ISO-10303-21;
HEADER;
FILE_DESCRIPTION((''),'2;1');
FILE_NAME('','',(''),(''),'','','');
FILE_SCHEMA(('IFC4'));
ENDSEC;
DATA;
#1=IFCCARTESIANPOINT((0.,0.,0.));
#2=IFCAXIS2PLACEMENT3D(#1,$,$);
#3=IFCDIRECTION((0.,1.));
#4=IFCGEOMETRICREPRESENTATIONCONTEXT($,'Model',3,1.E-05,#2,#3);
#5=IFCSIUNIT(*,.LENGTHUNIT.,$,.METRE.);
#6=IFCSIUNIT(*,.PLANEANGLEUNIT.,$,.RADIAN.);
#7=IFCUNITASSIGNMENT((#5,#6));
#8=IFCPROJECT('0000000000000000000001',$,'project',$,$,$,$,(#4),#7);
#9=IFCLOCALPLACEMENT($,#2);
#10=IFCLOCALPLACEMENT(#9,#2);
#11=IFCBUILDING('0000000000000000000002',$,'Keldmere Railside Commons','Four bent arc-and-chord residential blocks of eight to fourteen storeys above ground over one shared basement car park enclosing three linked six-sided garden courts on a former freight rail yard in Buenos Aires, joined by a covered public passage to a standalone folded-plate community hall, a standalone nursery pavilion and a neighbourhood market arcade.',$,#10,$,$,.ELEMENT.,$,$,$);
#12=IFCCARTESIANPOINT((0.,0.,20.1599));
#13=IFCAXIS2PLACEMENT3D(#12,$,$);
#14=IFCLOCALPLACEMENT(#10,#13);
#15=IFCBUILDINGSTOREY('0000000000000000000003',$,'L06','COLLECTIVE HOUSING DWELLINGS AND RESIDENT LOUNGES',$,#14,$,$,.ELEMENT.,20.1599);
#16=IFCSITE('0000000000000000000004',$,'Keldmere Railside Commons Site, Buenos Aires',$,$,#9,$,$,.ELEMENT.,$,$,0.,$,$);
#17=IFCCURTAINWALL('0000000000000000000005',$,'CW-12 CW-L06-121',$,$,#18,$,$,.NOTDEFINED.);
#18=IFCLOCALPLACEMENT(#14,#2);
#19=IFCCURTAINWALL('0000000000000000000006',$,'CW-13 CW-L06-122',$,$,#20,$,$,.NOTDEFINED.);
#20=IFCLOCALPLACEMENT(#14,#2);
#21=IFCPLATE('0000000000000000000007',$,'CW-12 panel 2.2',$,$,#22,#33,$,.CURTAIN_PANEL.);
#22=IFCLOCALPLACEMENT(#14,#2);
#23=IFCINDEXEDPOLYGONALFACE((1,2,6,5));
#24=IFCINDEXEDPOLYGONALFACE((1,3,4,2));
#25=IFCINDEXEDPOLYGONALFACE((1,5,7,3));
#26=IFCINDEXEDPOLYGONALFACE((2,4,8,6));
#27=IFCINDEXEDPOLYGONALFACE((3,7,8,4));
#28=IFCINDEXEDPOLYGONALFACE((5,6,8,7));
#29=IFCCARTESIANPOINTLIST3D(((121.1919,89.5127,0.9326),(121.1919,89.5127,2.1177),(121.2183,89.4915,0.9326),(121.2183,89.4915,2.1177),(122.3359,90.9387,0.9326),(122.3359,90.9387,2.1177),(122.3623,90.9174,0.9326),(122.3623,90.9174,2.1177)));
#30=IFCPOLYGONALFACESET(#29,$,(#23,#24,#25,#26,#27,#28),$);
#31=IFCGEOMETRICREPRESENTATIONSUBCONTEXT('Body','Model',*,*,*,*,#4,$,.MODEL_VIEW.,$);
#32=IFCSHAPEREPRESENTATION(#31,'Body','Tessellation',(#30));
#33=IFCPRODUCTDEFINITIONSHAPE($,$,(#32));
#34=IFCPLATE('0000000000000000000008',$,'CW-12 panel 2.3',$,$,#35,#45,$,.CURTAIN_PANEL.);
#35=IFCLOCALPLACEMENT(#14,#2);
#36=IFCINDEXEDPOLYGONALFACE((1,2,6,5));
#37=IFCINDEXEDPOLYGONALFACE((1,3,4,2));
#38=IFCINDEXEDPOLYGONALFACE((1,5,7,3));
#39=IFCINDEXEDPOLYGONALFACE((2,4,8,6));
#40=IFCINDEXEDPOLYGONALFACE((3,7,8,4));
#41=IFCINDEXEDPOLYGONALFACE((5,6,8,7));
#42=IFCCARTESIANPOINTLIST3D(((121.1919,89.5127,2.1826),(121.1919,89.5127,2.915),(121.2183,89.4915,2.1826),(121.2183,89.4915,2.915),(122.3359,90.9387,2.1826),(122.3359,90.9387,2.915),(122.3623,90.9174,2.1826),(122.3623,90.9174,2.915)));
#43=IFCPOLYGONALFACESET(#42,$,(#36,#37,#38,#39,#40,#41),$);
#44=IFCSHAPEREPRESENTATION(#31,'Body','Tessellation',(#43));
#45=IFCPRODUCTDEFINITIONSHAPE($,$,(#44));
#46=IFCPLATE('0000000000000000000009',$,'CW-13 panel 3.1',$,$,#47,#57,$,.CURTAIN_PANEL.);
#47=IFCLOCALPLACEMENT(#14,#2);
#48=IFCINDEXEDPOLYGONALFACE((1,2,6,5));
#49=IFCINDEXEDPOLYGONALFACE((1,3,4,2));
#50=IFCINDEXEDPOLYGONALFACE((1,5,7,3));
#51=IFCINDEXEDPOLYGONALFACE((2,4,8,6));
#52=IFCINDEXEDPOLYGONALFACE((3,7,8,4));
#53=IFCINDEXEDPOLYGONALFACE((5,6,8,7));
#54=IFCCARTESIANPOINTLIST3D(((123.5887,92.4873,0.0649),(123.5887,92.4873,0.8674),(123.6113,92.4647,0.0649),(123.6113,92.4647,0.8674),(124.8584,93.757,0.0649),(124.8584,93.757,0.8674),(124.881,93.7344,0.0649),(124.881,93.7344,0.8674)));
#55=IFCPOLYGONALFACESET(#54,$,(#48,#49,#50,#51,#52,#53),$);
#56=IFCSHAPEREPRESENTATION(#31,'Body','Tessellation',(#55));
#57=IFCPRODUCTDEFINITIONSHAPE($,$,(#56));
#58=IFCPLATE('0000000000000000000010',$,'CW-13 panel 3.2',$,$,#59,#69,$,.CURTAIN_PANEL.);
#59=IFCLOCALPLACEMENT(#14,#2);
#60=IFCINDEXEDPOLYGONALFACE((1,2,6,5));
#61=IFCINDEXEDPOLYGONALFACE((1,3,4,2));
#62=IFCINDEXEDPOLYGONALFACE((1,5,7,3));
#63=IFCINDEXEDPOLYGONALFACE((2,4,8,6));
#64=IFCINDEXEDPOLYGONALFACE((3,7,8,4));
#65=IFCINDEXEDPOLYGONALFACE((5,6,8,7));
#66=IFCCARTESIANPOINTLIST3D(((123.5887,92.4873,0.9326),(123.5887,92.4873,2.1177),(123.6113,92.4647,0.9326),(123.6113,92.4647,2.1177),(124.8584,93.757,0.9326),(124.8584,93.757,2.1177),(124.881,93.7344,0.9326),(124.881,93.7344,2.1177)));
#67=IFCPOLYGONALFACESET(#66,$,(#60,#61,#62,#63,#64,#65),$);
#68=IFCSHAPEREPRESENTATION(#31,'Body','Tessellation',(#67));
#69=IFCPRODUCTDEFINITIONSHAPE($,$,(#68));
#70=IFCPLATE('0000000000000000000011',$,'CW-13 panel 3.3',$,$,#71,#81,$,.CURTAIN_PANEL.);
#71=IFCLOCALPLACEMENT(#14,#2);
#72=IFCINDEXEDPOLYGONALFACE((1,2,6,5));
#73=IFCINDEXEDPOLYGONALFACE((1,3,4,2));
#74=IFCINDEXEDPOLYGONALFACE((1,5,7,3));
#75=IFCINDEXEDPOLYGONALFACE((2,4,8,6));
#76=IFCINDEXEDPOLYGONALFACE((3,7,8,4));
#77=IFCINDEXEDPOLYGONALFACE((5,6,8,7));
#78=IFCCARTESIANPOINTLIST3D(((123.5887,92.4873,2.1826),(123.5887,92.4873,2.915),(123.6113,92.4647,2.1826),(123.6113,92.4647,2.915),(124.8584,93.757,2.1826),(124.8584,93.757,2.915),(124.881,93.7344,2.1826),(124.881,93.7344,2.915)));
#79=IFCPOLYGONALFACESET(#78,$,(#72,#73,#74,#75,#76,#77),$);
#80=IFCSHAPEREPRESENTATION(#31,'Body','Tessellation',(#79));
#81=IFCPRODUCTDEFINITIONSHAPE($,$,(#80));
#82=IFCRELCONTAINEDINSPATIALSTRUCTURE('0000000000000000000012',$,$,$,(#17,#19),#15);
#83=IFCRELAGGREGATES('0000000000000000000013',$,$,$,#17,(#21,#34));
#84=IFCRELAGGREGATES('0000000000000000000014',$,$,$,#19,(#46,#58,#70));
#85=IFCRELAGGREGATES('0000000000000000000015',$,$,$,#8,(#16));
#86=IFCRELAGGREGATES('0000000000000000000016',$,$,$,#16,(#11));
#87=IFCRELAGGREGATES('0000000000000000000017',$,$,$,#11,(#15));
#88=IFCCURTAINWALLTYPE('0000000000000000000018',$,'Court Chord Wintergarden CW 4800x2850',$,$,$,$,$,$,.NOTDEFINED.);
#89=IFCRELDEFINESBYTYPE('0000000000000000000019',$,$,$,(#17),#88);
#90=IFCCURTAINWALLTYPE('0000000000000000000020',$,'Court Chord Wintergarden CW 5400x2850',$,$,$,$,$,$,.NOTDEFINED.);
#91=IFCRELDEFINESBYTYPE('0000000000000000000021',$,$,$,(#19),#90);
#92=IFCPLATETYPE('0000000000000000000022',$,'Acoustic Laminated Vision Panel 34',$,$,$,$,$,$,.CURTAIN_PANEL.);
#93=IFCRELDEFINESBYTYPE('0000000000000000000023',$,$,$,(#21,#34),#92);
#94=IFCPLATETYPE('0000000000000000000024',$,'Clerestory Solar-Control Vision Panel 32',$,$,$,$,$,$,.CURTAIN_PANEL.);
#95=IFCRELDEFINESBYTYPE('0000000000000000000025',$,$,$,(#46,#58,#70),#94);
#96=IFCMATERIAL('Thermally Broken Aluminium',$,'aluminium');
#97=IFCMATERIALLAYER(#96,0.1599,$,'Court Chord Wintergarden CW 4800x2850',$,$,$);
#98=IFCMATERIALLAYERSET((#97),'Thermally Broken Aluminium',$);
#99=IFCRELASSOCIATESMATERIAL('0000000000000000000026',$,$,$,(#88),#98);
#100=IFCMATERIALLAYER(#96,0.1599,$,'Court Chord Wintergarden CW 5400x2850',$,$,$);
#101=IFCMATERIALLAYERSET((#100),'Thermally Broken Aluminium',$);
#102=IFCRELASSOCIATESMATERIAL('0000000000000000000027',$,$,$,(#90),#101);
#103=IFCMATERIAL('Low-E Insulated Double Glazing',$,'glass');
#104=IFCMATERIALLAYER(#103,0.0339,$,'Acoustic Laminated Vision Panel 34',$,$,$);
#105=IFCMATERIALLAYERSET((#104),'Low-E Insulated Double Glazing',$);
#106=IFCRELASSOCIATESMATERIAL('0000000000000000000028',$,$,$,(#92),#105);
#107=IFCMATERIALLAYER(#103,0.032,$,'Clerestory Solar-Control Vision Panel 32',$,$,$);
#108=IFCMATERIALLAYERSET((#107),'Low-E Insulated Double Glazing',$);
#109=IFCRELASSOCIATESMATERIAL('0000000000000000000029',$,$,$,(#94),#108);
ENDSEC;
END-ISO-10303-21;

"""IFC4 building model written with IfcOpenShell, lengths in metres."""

from ifc_helpers import new_model, si_unit, direction, frame, origin, origin_2d, place, context, subcontext, project, spatial, rectangle, extrude, material, layer, layer_set, type_object, element, aggregate, save


model = new_model("IFC4")

# Units and contexts
model_context = context("Model", 3, precision=1e-05, world=origin(), true_north=direction((0.0, 1.0)))
body_context = subcontext(model_context, "Body", "Model", "MODEL_VIEW")
ifc_project = project(units=[si_unit("LENGTHUNIT", "METRE"), si_unit("PLANEANGLEUNIT", "RADIAN")], contexts=[model_context])

# Site, building, storey
site_placement = place(None, origin())
site = spatial("IfcSite", under=ifc_project, at=site_placement, Name="Keldmere Railside Commons Site, Buenos Aires", CompositionType="ELEMENT", RefElevation=0.0)
building_placement = place(site_placement, origin())
building = spatial("IfcBuilding", under=site, at=building_placement, Name="Keldmere Railside Commons", Description="Four bent arc-and-chord residential blocks of eight to fourteen storeys above ground over one shared basement car park enclosing three linked six-sided garden courts on a former freight rail yard in Buenos Aires, joined by a covered public passage to a standalone folded-plate community hall, a standalone nursery pavilion and a neighbourhood market arcade.", CompositionType="ELEMENT")
storey_placement = place(building_placement, frame((0.0, 0.0, 20.1599)))
storey = spatial("IfcBuildingStorey", under=building, at=storey_placement, Name="L06", Description="COLLECTIVE HOUSING DWELLINGS AND RESIDENT LOUNGES", CompositionType="ELEMENT", Elevation=20.1599)

# Curtain walls
ifc_material_1 = material(Name="Thermally Broken Aluminium", Category="aluminium")
ifc_layer_1 = layer(ifc_material_1, 0.1599, Name="Court Chord Wintergarden CW 4800x2850")
ifc_layer_set_1 = layer_set([ifc_layer_1], Name="Thermally Broken Aluminium")
curtain_wall_type_1 = type_object("IfcCurtainWallType", Name="Court Chord Wintergarden CW 4800x2850", PredefinedType="NOTDEFINED", material=ifc_layer_set_1)
curtain_wall_1_placement = place(storey_placement, origin())
curtain_wall_1 = element("IfcCurtainWall", 1, at=curtain_wall_1_placement, inside=storey, type_object=curtain_wall_type_1, Name="CW-12 CW-L06-121", PredefinedType="NOTDEFINED")
ifc_layer_2 = layer(ifc_material_1, 0.1599, Name="Court Chord Wintergarden CW 5400x2850")
ifc_layer_set_2 = layer_set([ifc_layer_2], Name="Thermally Broken Aluminium")
curtain_wall_type_2 = type_object("IfcCurtainWallType", Name="Court Chord Wintergarden CW 5400x2850", PredefinedType="NOTDEFINED", material=ifc_layer_set_2)
curtain_wall_2_placement = place(storey_placement, origin())
curtain_wall_2 = element("IfcCurtainWall", 2, at=curtain_wall_2_placement, inside=storey, type_object=curtain_wall_type_2, Name="CW-13 CW-L06-122", PredefinedType="NOTDEFINED")

# Plates
ifc_material_2 = material(Name="Low-E Insulated Double Glazing", Category="glass")
ifc_layer_3 = layer(ifc_material_2, 0.0339, Name="Acoustic Laminated Vision Panel 34")
ifc_layer_set_3 = layer_set([ifc_layer_3], Name="Low-E Insulated Double Glazing")
plate_type_1 = type_object("IfcPlateType", Name="Acoustic Laminated Vision Panel 34", PredefinedType="CURTAIN_PANEL", material=ifc_layer_set_3)
plate_1_placement = place(storey_placement, frame((121.7771, 90.2151, 0.9326), z_axis=(0.0, 0.0, 1.0), x_axis=(-0.625768, -0.780009, 0.0)))
plate_1 = element("IfcPlate", 3, at=plate_1_placement, type_object=plate_type_1, Name="CW-12 panel 2.2", PredefinedType="CURTAIN_PANEL", context=body_context, shape_type="SweptSolid", body=[
    extrude(rectangle(XDim=1.8281, YDim=0.0339, at=origin_2d()), origin(), (0.0, 0.0, 1.0), 1.1851),
])
plate_2_placement = place(storey_placement, frame((121.7771, 90.2151, 2.1826), z_axis=(0.0, 0.0, 1.0), x_axis=(-0.625768, -0.780009, 0.0)))
plate_2 = element("IfcPlate", 4, at=plate_2_placement, type_object=plate_type_1, Name="CW-12 panel 2.3", PredefinedType="CURTAIN_PANEL", context=body_context, shape_type="SweptSolid", body=[
    extrude(rectangle(XDim=1.8281, YDim=0.0339, at=origin_2d()), origin(), (0.0, 0.0, 1.0), 0.7324),
])
aggregate(curtain_wall_1, [plate_1, plate_2])
ifc_layer_4 = layer(ifc_material_2, 0.032, Name="Clerestory Solar-Control Vision Panel 32")
ifc_layer_set_4 = layer_set([ifc_layer_4], Name="Low-E Insulated Double Glazing")
plate_type_2 = type_object("IfcPlateType", Name="Clerestory Solar-Control Vision Panel 32", PredefinedType="CURTAIN_PANEL", material=ifc_layer_set_4)
plate_3_placement = place(storey_placement, frame((124.2349, 93.1108, 0.0649), z_axis=(0.0, 0.0, 1.0), x_axis=(-0.707107, -0.707107, 0.0)))
plate_3 = element("IfcPlate", 5, at=plate_3_placement, type_object=plate_type_2, Name="CW-13 panel 3.1", PredefinedType="CURTAIN_PANEL", context=body_context, shape_type="SweptSolid", body=[
    extrude(rectangle(XDim=1.7957, YDim=0.032, at=origin_2d()), origin(), (0.0, 0.0, 1.0), 0.8025),
])
plate_4_placement = place(storey_placement, frame((124.2349, 93.1108, 0.9326), z_axis=(0.0, 0.0, 1.0), x_axis=(-0.707107, -0.707107, 0.0)))
plate_4 = element("IfcPlate", 6, at=plate_4_placement, type_object=plate_type_2, Name="CW-13 panel 3.2", PredefinedType="CURTAIN_PANEL", context=body_context, shape_type="SweptSolid", body=[
    extrude(rectangle(XDim=1.7957, YDim=0.032, at=origin_2d()), origin(), (0.0, 0.0, 1.0), 1.1851),
])
plate_5_placement = place(storey_placement, frame((124.2349, 93.1108, 2.1826), z_axis=(0.0, 0.0, 1.0), x_axis=(-0.707107, -0.707107, 0.0)))
plate_5 = element("IfcPlate", 7, at=plate_5_placement, type_object=plate_type_2, Name="CW-13 panel 3.3", PredefinedType="CURTAIN_PANEL", context=body_context, shape_type="SweptSolid", body=[
    extrude(rectangle(XDim=1.7957, YDim=0.032, at=origin_2d()), origin(), (0.0, 0.0, 1.0), 0.7324),
])
aggregate(curtain_wall_2, [plate_3, plate_4, plate_5])

save(model, "model.ifc")
